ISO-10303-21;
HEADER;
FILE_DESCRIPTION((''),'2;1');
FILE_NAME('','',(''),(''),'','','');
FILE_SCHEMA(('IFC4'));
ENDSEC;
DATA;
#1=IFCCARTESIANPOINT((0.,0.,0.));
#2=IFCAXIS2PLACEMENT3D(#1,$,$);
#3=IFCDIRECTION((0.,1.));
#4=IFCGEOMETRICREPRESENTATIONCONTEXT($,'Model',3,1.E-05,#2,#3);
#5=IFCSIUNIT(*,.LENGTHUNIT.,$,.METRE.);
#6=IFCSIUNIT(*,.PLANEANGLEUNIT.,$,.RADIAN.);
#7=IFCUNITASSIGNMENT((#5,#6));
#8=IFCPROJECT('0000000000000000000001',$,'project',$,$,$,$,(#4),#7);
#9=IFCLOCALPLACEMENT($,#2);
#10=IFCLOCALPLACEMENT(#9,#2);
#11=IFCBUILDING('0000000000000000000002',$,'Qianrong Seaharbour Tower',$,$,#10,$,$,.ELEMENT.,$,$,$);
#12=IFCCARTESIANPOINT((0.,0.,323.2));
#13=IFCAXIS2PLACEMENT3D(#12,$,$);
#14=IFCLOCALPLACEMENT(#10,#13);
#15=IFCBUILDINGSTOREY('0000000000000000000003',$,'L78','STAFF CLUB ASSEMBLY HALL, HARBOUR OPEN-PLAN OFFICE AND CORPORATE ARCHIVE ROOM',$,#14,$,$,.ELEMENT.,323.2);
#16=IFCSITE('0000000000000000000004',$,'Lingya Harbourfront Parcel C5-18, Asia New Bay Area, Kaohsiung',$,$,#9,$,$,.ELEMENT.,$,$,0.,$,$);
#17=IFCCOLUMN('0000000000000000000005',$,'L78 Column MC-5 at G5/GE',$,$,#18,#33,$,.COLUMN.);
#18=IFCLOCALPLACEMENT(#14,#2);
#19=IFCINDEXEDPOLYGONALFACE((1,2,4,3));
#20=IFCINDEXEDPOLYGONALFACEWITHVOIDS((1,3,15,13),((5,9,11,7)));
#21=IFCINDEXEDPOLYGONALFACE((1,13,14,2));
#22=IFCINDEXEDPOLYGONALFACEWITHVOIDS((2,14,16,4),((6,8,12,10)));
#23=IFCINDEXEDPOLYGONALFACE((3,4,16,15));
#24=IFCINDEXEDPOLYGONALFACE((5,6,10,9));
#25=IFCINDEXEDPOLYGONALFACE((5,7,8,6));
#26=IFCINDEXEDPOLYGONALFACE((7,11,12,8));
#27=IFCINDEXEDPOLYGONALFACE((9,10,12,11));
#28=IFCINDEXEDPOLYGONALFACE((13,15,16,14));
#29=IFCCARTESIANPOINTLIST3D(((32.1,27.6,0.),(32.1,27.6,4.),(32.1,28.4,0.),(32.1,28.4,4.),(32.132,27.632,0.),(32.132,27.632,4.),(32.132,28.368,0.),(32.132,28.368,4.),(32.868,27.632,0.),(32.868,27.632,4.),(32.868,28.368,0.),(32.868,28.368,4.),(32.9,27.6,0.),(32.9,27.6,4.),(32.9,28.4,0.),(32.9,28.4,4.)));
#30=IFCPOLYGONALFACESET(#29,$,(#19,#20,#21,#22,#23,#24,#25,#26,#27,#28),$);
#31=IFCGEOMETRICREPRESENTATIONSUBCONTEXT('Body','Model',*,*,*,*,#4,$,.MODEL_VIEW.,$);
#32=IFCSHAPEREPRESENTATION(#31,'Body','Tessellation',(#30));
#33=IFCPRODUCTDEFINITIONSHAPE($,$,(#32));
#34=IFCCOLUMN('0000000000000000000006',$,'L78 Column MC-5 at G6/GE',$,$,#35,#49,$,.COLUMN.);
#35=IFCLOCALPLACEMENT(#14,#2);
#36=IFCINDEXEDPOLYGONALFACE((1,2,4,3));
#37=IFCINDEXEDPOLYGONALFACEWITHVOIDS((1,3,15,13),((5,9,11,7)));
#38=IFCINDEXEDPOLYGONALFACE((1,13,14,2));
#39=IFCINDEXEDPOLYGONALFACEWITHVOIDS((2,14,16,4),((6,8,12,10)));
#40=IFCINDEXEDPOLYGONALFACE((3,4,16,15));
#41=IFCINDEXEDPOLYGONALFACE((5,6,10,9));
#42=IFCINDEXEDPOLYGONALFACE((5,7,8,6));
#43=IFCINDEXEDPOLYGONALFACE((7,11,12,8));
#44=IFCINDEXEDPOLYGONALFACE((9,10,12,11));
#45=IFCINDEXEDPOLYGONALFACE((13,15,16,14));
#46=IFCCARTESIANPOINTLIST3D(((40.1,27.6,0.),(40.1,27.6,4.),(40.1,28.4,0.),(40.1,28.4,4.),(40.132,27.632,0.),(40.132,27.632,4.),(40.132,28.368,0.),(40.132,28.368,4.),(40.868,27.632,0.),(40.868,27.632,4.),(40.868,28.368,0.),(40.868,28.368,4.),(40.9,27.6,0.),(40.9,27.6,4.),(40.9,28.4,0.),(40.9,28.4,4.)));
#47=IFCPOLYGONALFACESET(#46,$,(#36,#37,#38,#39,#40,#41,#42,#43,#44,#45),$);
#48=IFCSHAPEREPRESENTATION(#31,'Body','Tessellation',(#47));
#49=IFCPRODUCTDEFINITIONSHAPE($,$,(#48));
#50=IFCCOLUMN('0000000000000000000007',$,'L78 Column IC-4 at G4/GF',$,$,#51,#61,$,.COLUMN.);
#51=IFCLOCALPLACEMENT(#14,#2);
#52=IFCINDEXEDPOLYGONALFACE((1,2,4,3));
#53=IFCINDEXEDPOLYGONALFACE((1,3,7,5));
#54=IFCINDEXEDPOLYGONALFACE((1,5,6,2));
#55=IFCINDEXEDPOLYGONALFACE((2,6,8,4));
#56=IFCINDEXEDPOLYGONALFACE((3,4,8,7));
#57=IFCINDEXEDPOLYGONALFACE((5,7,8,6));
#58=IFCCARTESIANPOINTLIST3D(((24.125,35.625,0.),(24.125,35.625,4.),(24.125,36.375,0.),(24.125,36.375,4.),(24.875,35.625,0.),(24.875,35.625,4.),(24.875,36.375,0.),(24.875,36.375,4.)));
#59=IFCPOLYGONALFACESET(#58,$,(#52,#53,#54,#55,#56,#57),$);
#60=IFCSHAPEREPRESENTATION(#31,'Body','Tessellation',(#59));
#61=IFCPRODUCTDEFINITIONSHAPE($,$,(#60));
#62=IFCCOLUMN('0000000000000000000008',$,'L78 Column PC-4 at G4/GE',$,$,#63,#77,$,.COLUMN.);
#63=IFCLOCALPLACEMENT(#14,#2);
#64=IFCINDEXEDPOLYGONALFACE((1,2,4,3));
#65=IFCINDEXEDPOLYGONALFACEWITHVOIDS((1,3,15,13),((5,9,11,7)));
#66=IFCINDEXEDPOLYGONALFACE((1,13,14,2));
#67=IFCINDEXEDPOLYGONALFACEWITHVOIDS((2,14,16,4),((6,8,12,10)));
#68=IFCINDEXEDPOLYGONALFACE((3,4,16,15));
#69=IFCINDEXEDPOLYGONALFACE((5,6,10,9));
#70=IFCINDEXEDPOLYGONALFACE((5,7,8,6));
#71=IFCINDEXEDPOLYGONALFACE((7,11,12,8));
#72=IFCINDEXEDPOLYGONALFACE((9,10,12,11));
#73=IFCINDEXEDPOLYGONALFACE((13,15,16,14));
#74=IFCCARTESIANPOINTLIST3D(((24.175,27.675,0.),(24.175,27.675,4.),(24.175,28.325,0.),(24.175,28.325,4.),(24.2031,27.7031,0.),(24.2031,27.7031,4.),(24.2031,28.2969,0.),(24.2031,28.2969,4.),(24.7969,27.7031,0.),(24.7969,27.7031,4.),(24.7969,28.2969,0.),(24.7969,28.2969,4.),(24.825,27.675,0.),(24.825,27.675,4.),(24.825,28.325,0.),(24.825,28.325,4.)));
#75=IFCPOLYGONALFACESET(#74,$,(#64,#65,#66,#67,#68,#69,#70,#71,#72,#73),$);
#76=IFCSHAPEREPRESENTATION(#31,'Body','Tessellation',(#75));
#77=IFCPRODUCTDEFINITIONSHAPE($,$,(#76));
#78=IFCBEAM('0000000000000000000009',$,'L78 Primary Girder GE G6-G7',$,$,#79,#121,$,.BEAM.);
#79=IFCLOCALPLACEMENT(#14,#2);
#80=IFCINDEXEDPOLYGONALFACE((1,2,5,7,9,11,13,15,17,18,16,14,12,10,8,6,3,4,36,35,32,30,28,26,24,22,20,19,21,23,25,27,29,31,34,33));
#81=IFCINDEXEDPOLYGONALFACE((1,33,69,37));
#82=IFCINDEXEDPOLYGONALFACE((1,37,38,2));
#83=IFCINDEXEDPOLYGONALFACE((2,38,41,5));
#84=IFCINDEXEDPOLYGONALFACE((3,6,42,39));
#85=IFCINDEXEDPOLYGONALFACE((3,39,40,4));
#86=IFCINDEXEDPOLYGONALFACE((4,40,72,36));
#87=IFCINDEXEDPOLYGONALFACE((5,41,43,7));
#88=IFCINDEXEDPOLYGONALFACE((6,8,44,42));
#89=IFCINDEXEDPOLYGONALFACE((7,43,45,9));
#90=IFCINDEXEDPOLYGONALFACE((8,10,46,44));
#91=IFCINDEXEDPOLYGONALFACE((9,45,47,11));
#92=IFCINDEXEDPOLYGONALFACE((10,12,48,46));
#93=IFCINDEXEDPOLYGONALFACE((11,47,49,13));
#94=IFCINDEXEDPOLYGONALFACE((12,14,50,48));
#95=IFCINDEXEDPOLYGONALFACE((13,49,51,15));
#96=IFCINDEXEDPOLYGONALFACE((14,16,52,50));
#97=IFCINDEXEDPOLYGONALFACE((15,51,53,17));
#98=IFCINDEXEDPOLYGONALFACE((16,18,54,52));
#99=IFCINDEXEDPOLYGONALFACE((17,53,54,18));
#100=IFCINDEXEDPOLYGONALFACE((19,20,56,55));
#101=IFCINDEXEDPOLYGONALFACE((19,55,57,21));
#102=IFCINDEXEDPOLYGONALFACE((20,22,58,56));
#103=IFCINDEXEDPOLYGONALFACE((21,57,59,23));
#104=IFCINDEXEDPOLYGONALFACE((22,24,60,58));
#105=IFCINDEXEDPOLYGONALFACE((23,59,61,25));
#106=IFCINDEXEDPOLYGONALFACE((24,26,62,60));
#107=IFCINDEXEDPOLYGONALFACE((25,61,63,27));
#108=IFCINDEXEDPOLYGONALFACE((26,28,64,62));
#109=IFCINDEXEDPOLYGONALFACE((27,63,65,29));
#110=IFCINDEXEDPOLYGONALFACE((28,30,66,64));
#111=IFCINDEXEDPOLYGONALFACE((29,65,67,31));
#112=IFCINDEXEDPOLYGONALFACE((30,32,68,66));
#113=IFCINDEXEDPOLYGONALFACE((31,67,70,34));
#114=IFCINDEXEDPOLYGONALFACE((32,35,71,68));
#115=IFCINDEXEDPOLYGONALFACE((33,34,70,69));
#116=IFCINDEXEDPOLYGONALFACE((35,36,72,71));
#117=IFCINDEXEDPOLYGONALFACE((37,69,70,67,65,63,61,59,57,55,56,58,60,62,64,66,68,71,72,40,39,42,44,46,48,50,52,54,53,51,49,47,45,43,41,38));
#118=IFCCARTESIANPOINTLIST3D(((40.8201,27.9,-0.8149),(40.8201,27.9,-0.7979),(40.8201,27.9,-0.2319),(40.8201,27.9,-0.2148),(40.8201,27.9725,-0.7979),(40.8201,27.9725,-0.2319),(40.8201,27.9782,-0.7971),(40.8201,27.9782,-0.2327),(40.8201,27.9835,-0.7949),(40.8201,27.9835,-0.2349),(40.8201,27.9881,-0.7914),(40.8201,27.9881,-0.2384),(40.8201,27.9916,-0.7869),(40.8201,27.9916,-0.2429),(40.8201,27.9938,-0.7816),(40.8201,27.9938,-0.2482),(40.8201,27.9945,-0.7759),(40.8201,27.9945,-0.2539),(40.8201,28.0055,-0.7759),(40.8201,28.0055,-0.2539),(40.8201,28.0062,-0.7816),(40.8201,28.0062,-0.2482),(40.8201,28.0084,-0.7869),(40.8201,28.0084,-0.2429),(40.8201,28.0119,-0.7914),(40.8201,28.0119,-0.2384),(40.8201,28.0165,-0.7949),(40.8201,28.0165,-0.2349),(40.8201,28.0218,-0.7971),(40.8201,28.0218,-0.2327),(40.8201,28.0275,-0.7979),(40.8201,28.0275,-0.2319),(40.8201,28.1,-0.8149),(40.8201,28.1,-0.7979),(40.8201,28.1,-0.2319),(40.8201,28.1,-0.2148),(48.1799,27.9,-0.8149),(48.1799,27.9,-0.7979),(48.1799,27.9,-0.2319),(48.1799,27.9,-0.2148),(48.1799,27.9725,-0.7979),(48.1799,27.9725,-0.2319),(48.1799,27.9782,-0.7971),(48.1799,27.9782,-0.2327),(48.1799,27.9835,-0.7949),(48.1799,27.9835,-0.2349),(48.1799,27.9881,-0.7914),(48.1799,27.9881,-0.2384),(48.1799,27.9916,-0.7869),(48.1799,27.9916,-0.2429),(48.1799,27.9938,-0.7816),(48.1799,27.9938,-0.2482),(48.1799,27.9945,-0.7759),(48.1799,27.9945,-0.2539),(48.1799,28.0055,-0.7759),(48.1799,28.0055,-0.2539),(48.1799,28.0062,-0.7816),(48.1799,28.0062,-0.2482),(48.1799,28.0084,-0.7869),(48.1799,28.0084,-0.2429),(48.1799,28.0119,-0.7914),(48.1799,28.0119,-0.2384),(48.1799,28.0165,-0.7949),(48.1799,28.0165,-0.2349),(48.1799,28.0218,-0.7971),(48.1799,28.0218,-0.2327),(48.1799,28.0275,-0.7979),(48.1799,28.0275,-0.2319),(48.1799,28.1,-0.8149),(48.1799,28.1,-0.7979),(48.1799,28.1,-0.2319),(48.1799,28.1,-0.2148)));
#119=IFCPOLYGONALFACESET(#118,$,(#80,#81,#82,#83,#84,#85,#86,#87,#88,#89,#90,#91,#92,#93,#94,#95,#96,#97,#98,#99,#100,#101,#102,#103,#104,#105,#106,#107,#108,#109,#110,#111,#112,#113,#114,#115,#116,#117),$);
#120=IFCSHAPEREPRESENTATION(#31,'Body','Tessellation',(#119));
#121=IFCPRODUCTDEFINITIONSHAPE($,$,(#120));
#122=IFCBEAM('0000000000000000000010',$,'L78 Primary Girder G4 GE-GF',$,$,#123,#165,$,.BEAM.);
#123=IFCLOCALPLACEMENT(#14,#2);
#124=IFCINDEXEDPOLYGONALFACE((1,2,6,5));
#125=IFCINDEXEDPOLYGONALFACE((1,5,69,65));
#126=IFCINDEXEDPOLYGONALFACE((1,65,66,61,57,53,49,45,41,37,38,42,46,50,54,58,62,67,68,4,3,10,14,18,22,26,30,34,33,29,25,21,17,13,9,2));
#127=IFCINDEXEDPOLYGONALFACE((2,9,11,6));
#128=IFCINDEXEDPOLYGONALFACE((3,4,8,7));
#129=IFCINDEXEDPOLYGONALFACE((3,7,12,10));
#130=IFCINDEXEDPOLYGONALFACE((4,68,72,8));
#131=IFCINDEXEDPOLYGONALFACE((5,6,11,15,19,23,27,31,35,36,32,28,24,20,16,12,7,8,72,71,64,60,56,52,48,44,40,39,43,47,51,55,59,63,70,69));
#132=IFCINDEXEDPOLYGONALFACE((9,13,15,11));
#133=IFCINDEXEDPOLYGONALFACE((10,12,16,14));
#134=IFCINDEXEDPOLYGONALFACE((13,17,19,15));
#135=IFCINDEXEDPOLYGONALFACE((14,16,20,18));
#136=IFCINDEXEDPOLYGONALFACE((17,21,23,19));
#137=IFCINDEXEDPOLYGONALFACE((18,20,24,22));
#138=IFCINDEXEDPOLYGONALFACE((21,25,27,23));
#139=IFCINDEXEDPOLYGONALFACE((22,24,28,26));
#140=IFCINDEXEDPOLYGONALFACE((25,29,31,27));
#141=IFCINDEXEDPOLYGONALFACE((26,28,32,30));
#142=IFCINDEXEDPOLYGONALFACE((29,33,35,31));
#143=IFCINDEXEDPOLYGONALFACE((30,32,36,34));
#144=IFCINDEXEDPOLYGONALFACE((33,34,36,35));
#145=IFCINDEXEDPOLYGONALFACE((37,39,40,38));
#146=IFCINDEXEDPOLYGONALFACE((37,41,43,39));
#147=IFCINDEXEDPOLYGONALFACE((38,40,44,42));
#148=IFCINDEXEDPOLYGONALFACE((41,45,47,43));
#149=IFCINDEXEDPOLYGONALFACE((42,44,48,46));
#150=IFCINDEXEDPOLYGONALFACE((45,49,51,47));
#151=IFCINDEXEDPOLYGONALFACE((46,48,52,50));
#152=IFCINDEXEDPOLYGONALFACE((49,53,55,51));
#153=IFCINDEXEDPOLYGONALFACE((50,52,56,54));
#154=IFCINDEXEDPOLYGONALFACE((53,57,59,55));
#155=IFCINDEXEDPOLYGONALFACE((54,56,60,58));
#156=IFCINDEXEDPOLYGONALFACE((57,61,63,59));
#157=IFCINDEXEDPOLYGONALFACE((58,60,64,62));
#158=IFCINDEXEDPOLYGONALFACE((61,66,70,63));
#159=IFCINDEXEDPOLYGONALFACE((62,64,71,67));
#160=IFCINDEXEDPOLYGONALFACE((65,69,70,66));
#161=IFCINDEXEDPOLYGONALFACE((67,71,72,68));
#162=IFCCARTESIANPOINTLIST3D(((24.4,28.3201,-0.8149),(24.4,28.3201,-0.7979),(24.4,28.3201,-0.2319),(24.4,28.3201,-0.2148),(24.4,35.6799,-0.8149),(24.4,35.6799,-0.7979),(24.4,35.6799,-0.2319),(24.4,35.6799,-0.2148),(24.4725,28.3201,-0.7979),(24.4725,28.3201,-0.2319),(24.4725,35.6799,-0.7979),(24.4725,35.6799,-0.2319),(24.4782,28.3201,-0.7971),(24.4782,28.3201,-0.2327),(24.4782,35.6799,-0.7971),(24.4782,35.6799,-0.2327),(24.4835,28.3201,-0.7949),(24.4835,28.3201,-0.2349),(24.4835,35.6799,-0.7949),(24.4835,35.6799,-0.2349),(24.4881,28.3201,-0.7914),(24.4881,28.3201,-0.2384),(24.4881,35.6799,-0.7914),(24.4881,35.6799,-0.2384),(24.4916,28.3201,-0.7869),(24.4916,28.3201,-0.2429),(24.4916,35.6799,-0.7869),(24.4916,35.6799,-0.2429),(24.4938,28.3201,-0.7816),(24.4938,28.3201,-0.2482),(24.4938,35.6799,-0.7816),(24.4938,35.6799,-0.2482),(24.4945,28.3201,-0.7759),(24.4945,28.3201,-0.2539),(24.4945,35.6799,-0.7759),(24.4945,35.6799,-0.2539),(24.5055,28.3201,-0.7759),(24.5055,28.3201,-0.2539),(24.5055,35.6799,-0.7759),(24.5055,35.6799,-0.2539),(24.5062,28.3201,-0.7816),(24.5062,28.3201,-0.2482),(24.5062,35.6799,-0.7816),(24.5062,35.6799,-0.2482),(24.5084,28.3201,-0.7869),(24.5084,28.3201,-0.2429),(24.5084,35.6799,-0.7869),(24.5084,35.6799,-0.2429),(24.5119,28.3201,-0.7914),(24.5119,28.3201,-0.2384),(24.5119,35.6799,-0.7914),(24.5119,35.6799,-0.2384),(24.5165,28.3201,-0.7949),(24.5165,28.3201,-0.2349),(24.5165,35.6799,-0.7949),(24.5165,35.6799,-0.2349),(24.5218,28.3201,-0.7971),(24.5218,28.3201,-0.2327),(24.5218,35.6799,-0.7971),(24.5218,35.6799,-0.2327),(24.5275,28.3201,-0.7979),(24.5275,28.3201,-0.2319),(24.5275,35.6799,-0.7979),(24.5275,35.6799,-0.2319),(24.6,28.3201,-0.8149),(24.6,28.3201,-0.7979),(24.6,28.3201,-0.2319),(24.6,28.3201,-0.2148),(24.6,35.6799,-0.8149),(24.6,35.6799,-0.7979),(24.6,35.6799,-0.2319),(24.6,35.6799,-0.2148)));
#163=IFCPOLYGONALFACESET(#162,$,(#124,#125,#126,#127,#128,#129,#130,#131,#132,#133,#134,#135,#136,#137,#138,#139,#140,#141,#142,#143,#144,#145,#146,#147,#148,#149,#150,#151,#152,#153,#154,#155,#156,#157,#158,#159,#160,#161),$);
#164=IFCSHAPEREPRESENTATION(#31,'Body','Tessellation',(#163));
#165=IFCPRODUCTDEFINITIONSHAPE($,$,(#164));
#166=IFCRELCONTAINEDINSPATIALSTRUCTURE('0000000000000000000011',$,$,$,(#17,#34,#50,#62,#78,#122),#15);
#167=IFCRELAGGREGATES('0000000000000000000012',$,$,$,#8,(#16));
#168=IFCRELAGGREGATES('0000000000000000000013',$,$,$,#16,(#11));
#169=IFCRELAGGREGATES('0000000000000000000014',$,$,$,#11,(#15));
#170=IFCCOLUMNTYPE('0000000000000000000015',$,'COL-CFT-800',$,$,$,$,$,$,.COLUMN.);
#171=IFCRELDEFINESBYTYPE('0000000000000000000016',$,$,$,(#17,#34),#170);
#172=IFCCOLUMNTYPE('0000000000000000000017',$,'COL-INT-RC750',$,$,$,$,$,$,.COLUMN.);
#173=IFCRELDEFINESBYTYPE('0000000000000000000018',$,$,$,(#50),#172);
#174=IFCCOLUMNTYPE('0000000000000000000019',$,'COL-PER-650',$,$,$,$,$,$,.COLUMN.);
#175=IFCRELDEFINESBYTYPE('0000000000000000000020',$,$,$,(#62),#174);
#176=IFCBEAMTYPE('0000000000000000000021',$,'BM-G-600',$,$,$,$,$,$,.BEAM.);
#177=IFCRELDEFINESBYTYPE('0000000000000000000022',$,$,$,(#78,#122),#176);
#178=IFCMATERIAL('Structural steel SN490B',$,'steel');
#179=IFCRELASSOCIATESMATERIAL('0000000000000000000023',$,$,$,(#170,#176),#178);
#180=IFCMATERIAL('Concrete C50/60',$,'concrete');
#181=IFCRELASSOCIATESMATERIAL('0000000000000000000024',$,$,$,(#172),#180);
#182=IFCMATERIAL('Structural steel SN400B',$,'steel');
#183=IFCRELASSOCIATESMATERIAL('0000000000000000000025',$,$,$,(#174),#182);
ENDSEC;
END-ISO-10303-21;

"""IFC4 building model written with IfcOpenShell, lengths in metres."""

from ifc_helpers import new_model, si_unit, direction, frame, origin, origin_2d, place, context, subcontext, project, spatial, rectangle, hollow_rectangle, i_section, extrude, material, material_profile, profile_set, type_object, element, save


model = new_model("IFC4")

# Units and contexts
model_context = context("Model", 3, precision=1e-05, world=origin(), true_north=direction((0.0, 1.0)))
body_context = subcontext(model_context, "Body", "Model", "MODEL_VIEW")
ifc_project = project(units=[si_unit("LENGTHUNIT", "METRE"), si_unit("PLANEANGLEUNIT", "RADIAN")], contexts=[model_context])

# Site, building, storey
site_placement = place(None, origin())
site = spatial("IfcSite", under=ifc_project, at=site_placement, Name="Lingya Harbourfront Parcel C5-18, Asia New Bay Area, Kaohsiung", CompositionType="ELEMENT", RefElevation=0.0)
building_placement = place(site_placement, origin())
building = spatial("IfcBuilding", under=site, at=building_placement, Name="Qianrong Seaharbour Tower", CompositionType="ELEMENT")
storey_placement = place(building_placement, frame((0.0, 0.0, 323.2)))
storey = spatial("IfcBuildingStorey", under=building, at=storey_placement, Name="L78", Description="STAFF CLUB ASSEMBLY HALL, HARBOUR OPEN-PLAN OFFICE AND CORPORATE ARCHIVE ROOM", CompositionType="ELEMENT", Elevation=323.2)

# Columns
ifc_material_1 = material(Name="Structural steel SN490B", Category="steel")
ifc_material_profile_1 = material_profile(ifc_material_1, hollow_rectangle(XDim=0.8, YDim=0.8, WallThickness=0.032, at=origin_2d()), Name="BOX800x800x32")
ifc_profile_set_1 = profile_set([ifc_material_profile_1], Name="Structural steel SN490B")
column_type_1 = type_object("IfcColumnType", Name="COL-CFT-800", PredefinedType="COLUMN", material=ifc_profile_set_1)
for number, where, z_axis, x_axis, name in (
    (1, (32.5, 28.0, 0.0), (0.0, 0.0, 1.0), (1.0, 0.0, 0.0), "L78 Column MC-5 at G5/GE"),
    (2, (40.5, 28.0, 0.0), (0.0, 0.0, 1.0), (1.0, 0.0, 0.0), "L78 Column MC-5 at G6/GE"),
):
    element("IfcColumn", number, at=place(storey_placement, frame(where, z_axis=z_axis, x_axis=x_axis)), inside=storey, type_object=column_type_1, Name=name, PredefinedType="COLUMN", context=body_context, shape_type="SweptSolid", body=[
        extrude(hollow_rectangle(XDim=0.8, YDim=0.8, WallThickness=0.032, at=origin_2d()), origin(), (0.0, 0.0, 1.0), 4.0),
    ])
ifc_material_2 = material(Name="Concrete C50/60", Category="concrete")
ifc_material_profile_2 = material_profile(ifc_material_2, rectangle(XDim=0.75, YDim=0.75, at=origin_2d()), Name="RC750x750")
ifc_profile_set_2 = profile_set([ifc_material_profile_2], Name="Concrete C50/60")
column_type_2 = type_object("IfcColumnType", Name="COL-INT-RC750", PredefinedType="COLUMN", material=ifc_profile_set_2)
column_1_placement = place(storey_placement, frame((24.5, 36.0, 0.0), z_axis=(0.0, 0.0, 1.0), x_axis=(1.0, 0.0, 0.0)))
element("IfcColumn", 3, at=column_1_placement, inside=storey, type_object=column_type_2, Name="L78 Column IC-4 at G4/GF", PredefinedType="COLUMN", context=body_context, shape_type="SweptSolid", body=[
    extrude(rectangle(XDim=0.75, YDim=0.75, at=origin_2d()), origin(), (0.0, 0.0, 1.0), 4.0),
])
ifc_material_3 = material(Name="Structural steel SN400B", Category="steel")
ifc_material_profile_3 = material_profile(ifc_material_3, hollow_rectangle(XDim=0.6499, YDim=0.6499, WallThickness=0.0281, at=origin_2d()), Name="BOX650x650x28")
ifc_profile_set_3 = profile_set([ifc_material_profile_3], Name="Structural steel SN400B")
column_type_3 = type_object("IfcColumnType", Name="COL-PER-650", PredefinedType="COLUMN", material=ifc_profile_set_3)
column_2_placement = place(storey_placement, frame((24.5, 28.0, 0.0), z_axis=(0.0, 0.0, 1.0), x_axis=(1.0, 0.0, 0.0)))
element("IfcColumn", 4, at=column_2_placement, inside=storey, type_object=column_type_3, Name="L78 Column PC-4 at G4/GE", PredefinedType="COLUMN", context=body_context, shape_type="SweptSolid", body=[
    extrude(hollow_rectangle(XDim=0.6499, YDim=0.6499, WallThickness=0.0281, at=origin_2d()), origin(), (0.0, 0.0, 1.0), 4.0),
])

# Beams
ifc_material_profile_4 = material_profile(ifc_material_1, i_section(OverallWidth=0.2, OverallDepth=0.6001, WebThickness=0.011, FlangeThickness=0.0171, FilletRadius=0.022, at=origin_2d()), Name="H600x200x11x17")
ifc_profile_set_4 = profile_set([ifc_material_profile_4], Name="Structural steel SN490B")
beam_type_1 = type_object("IfcBeamType", Name="BM-G-600", PredefinedType="BEAM", material=ifc_profile_set_4)
for number, where, z_axis, x_axis, name in (
    (5, (40.8201, 28.0, -0.5149), (1.0, 0.0, 0.0), (0.0, 1.0, 0.0), "L78 Primary Girder GE G6-G7"),
    (6, (24.5, 28.3201, -0.5149), (0.0, 1.0, 0.0), (-1.0, 0.0, 0.0), "L78 Primary Girder G4 GE-GF"),
):
    element("IfcBeam", number, at=place(storey_placement, frame(where, z_axis=z_axis, x_axis=x_axis)), inside=storey, type_object=beam_type_1, Name=name, PredefinedType="BEAM", context=body_context, shape_type="SweptSolid", body=[
        extrude(i_section(OverallWidth=0.2, OverallDepth=0.6001, WebThickness=0.011, FlangeThickness=0.0171, FilletRadius=0.022, at=origin_2d()), origin(), (0.0, 0.0, 1.0), 7.3599),
    ])

save(model, "model.ifc")
